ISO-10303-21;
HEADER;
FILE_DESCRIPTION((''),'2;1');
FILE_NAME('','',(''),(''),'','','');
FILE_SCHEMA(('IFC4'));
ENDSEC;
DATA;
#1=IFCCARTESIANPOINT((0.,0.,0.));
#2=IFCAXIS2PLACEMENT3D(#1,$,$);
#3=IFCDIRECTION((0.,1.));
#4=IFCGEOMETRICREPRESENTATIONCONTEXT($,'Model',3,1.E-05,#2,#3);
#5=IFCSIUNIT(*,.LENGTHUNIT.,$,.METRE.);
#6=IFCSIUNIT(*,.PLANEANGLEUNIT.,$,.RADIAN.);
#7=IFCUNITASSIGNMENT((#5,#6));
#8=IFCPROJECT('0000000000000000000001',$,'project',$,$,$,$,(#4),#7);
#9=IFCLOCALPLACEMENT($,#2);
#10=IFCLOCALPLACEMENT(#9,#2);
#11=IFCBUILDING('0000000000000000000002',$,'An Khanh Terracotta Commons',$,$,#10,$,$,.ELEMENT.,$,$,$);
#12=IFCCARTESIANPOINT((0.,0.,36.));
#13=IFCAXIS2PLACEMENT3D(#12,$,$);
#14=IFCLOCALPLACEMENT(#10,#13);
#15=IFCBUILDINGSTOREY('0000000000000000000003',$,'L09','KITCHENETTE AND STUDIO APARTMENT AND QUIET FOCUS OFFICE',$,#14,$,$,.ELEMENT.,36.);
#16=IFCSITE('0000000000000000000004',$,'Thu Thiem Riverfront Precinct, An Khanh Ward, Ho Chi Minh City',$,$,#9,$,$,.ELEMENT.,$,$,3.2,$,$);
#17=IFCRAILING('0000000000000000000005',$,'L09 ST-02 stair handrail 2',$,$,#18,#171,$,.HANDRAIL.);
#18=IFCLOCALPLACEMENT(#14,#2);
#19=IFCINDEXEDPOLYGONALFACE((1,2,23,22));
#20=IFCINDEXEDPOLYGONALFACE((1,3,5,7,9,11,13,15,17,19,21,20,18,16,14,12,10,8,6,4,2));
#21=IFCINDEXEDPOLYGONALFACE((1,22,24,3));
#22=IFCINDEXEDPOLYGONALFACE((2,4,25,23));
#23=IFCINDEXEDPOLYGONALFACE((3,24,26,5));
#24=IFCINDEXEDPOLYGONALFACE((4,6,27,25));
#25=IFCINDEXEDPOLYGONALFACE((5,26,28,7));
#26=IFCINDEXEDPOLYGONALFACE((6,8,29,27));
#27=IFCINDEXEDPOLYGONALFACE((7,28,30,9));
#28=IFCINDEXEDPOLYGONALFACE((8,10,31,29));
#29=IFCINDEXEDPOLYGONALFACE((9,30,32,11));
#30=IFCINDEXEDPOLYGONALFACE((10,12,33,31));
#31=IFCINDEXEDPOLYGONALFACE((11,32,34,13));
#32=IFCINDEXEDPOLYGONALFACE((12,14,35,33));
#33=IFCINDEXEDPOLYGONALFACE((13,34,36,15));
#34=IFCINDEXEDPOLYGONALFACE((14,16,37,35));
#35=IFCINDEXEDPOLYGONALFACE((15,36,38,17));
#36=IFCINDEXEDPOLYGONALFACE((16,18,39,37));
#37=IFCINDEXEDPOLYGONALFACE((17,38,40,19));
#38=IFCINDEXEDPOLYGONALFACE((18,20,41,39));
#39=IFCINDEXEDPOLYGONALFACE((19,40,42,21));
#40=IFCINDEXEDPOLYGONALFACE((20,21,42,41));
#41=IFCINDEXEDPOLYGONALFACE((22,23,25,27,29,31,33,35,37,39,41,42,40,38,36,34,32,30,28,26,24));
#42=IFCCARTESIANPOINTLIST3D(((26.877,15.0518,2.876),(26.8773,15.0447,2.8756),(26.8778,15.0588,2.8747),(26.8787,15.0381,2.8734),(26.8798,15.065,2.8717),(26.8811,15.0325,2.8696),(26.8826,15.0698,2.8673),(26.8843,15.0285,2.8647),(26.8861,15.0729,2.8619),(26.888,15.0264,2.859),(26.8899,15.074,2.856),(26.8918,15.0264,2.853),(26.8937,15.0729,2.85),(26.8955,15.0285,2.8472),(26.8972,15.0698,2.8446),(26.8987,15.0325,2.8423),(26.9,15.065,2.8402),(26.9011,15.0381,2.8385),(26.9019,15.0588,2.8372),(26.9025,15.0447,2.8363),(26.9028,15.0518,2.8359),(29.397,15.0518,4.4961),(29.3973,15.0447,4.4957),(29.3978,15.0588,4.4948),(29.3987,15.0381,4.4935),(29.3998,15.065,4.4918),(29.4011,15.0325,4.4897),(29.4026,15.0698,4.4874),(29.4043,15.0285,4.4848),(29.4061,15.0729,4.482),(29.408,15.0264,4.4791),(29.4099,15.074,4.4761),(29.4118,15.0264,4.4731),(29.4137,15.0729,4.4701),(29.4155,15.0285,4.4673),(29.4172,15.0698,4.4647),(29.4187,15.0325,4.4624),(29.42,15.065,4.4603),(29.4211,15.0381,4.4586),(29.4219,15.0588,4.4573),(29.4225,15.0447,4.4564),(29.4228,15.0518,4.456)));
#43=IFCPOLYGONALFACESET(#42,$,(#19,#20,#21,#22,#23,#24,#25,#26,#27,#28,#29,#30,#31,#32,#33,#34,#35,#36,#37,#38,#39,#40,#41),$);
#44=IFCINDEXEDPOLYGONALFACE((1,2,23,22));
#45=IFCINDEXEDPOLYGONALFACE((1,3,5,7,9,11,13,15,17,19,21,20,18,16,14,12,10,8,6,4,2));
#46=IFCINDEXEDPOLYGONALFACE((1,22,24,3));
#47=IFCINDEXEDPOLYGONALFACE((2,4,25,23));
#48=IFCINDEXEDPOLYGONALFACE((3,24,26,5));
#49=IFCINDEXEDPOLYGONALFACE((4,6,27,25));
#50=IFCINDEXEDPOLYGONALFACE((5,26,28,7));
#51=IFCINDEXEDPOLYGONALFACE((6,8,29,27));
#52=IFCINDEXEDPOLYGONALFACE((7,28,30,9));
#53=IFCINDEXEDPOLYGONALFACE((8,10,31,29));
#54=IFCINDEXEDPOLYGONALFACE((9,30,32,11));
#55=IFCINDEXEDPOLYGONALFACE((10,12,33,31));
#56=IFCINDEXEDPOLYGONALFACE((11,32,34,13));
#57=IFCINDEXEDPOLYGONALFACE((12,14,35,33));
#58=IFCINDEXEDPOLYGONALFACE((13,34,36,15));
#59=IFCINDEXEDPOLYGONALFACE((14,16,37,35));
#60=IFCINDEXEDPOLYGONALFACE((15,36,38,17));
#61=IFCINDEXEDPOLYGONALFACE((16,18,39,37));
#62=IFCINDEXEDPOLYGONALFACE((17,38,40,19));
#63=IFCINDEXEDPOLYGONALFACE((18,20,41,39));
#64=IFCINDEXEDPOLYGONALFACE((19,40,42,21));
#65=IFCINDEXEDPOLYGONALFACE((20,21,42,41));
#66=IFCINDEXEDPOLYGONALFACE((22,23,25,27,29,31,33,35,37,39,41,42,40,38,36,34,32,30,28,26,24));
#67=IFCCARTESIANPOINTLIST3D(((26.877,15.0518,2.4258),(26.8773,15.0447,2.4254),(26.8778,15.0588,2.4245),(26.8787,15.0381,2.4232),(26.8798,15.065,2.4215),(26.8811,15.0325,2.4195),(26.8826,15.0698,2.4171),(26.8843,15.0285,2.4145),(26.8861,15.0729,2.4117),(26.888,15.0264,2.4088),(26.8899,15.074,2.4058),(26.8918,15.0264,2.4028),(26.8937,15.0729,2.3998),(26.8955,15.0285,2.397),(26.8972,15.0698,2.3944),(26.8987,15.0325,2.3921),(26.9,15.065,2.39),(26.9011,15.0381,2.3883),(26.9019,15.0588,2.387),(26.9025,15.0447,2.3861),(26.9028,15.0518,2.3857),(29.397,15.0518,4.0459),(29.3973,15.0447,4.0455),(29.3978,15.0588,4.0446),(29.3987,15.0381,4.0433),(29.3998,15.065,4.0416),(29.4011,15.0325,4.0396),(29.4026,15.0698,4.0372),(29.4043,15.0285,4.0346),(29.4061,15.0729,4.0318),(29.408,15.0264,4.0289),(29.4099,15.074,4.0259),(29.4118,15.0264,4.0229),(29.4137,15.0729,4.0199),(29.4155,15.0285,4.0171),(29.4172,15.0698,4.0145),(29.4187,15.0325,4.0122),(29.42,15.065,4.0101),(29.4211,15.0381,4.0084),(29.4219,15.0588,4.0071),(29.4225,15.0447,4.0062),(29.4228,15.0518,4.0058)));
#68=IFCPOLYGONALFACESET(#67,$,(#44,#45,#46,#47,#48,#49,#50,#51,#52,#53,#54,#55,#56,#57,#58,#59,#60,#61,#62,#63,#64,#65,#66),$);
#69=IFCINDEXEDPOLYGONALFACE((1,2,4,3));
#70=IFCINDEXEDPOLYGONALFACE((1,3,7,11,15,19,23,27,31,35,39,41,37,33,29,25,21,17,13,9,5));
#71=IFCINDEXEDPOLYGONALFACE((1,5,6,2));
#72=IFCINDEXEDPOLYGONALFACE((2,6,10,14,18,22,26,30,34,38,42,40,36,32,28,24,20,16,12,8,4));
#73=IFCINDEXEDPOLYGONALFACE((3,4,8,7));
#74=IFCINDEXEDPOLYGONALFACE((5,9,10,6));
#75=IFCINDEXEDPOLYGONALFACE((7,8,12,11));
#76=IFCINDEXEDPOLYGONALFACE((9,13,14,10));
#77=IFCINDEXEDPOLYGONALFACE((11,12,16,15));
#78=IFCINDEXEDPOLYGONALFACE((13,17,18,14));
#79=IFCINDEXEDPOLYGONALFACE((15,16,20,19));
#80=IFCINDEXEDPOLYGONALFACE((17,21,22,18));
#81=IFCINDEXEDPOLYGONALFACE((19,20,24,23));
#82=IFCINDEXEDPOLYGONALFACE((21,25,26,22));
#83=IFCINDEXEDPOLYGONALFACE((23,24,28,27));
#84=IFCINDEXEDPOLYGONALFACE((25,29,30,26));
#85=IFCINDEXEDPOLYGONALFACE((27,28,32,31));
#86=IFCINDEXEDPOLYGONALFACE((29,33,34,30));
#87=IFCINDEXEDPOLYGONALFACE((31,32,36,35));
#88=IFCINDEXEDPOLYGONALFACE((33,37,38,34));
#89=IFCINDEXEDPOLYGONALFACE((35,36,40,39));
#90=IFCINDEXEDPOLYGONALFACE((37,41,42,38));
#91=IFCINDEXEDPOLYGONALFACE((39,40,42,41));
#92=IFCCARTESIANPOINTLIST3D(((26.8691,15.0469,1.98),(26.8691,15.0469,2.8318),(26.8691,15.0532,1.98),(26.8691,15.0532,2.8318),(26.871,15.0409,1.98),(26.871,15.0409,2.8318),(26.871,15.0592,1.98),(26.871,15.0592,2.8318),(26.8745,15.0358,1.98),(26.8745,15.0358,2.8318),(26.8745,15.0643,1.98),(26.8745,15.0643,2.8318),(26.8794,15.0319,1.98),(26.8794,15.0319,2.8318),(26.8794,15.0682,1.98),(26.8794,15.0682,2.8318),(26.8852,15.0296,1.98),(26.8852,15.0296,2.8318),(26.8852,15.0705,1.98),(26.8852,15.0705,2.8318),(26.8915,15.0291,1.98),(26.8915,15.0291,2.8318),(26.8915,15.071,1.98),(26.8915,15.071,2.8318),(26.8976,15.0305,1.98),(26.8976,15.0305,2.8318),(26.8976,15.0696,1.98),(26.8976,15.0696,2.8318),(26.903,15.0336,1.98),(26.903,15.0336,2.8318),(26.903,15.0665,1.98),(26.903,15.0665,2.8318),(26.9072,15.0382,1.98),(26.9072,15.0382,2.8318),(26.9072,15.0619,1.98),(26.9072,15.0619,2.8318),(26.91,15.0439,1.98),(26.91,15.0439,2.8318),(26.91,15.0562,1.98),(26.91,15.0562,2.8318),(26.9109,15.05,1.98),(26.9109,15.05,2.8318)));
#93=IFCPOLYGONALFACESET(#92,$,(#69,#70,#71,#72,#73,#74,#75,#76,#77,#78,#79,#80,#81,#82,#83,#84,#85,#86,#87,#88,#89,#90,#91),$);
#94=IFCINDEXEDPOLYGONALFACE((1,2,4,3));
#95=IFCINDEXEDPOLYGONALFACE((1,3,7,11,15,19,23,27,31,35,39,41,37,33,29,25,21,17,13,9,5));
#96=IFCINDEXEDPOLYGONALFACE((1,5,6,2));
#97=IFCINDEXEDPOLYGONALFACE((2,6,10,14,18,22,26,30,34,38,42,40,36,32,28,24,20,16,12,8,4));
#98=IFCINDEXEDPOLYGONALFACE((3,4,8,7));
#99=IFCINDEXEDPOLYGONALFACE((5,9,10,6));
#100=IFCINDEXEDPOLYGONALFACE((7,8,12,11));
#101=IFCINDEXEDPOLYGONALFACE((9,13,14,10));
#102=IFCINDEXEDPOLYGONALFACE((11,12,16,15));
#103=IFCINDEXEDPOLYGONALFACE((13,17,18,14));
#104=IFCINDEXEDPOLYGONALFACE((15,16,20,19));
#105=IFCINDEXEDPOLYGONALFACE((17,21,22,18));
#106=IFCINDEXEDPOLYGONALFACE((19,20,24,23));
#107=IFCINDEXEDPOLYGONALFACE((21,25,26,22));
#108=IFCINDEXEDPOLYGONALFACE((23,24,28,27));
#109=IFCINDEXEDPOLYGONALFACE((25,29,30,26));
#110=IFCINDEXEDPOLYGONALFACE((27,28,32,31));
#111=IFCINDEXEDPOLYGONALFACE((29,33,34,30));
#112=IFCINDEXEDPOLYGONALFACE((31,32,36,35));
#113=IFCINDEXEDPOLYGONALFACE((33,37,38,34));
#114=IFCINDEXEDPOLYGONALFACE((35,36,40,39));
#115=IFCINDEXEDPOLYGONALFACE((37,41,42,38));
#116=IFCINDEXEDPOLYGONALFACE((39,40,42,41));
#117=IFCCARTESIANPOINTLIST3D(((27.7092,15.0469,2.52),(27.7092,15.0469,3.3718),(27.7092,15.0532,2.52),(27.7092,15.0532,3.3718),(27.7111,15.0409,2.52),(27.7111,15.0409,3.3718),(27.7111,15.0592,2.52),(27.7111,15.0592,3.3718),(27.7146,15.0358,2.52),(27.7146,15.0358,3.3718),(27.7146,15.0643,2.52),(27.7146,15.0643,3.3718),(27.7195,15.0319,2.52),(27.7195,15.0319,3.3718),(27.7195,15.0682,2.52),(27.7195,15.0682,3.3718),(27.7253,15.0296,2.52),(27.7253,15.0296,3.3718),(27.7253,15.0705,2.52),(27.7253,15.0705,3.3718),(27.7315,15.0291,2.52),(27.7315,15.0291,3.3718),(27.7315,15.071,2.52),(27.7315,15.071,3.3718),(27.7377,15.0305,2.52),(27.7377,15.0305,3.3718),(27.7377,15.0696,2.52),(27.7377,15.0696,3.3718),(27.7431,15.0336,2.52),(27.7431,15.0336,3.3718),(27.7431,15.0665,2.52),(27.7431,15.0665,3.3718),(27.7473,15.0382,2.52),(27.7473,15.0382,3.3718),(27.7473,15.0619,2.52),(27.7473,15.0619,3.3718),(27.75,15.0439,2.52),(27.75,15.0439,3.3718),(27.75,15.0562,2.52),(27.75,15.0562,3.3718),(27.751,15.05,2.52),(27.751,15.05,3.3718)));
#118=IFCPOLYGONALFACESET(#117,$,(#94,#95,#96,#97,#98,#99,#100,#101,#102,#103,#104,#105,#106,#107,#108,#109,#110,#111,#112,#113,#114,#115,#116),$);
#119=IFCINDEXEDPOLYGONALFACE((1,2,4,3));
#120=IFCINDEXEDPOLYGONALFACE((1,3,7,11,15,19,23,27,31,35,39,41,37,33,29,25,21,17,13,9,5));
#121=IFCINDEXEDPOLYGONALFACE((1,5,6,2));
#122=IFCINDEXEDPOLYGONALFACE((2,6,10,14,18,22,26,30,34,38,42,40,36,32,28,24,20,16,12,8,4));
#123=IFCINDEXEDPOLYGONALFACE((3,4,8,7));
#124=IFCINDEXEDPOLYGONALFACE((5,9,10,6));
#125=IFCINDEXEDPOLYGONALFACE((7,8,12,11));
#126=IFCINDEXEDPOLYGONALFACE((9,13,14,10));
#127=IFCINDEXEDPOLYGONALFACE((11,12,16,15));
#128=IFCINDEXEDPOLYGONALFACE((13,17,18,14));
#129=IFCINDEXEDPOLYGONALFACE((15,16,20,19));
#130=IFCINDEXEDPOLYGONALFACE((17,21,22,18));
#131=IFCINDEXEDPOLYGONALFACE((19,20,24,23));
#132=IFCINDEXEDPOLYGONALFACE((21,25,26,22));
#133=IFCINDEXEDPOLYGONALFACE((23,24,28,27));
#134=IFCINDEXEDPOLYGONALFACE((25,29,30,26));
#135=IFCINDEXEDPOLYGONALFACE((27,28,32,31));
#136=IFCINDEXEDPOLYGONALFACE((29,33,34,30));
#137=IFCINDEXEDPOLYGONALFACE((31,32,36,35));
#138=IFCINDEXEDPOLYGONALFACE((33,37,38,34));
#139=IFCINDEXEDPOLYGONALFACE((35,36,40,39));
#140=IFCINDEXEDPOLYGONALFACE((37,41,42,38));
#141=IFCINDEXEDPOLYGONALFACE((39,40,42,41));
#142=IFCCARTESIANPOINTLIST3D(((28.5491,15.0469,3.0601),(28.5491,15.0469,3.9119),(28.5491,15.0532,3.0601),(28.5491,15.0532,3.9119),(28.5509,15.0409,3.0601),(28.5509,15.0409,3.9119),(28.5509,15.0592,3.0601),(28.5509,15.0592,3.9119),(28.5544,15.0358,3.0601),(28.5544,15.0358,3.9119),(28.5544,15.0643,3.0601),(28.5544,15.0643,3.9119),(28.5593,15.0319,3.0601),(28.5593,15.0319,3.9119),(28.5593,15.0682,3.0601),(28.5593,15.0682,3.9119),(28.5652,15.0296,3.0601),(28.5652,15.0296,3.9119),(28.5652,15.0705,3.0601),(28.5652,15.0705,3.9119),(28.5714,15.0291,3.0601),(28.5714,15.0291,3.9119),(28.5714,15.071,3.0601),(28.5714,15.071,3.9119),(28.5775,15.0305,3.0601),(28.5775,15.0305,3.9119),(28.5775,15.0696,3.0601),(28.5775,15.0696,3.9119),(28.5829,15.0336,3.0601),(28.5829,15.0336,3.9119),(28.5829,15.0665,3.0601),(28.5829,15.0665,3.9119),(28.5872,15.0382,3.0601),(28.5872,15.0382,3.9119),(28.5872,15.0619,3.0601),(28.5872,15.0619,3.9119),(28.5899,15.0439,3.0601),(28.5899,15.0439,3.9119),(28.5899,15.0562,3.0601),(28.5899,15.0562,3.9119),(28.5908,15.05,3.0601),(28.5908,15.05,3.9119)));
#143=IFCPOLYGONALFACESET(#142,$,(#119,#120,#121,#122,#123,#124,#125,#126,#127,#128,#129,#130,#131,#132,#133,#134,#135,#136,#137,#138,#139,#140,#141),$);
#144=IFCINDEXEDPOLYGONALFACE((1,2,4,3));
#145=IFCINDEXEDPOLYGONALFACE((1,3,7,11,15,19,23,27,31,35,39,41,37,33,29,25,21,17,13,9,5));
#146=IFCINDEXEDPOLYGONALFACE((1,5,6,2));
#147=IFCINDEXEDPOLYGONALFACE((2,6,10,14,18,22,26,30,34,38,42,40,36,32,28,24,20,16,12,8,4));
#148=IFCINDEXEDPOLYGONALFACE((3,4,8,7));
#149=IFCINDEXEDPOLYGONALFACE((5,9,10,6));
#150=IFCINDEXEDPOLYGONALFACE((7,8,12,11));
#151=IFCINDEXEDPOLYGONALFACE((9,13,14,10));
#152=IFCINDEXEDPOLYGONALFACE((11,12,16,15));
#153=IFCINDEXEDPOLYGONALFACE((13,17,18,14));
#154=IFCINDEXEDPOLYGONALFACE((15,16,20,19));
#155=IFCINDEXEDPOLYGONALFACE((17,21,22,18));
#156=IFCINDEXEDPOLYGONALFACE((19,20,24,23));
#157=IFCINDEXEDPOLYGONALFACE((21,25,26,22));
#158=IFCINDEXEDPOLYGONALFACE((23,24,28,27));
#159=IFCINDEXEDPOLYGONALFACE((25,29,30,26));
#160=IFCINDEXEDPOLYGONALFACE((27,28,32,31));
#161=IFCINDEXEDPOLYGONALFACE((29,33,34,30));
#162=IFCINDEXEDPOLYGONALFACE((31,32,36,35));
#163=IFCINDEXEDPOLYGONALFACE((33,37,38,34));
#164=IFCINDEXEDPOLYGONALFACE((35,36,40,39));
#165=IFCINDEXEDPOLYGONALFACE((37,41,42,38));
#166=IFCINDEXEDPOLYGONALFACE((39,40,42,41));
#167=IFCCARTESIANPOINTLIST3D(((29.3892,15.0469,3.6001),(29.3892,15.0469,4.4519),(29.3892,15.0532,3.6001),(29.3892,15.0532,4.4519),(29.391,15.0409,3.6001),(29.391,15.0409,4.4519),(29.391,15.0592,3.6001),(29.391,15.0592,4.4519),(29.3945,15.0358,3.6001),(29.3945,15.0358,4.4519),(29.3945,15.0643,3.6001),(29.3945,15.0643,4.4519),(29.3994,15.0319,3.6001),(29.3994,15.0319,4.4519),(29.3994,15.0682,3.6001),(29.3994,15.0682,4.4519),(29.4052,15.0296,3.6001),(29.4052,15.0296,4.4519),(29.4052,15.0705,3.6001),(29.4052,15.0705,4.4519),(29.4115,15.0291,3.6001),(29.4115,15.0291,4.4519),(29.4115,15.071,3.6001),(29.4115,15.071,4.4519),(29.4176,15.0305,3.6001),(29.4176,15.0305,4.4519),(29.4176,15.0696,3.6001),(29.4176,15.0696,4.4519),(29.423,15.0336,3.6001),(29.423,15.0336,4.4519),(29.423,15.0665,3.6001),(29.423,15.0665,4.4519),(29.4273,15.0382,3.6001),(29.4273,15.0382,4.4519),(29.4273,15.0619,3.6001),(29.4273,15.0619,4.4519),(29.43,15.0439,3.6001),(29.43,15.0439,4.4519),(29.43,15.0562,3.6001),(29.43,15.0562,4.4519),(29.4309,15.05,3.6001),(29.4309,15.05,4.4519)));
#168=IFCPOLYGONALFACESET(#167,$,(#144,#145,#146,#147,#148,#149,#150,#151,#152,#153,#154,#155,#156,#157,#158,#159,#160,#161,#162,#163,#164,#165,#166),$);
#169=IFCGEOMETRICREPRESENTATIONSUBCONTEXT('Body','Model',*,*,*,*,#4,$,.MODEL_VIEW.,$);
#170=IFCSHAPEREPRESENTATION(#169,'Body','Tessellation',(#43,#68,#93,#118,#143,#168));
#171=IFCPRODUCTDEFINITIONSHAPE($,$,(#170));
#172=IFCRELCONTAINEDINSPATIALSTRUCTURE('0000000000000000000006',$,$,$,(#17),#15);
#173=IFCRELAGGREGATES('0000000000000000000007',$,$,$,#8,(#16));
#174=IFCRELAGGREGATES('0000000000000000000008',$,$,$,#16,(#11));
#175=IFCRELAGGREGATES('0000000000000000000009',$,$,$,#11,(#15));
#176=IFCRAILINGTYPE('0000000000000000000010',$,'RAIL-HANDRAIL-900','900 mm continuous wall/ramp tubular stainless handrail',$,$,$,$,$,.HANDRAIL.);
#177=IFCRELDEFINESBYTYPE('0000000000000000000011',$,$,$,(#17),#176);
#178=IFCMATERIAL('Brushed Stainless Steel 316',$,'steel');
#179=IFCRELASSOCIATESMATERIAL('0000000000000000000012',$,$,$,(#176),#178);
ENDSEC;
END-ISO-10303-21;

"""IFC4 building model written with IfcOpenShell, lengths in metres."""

from ifc_helpers import new_model, si_unit, direction, frame, origin, origin_2d, place, context, subcontext, project, spatial, circle, extrude, material, type_object, element, save


model = new_model("IFC4")

# Units and contexts
model_context = context("Model", 3, precision=1e-05, world=origin(), true_north=direction((0.0, 1.0)))
body_context = subcontext(model_context, "Body", "Model", "MODEL_VIEW")
ifc_project = project(units=[si_unit("LENGTHUNIT", "METRE"), si_unit("PLANEANGLEUNIT", "RADIAN")], contexts=[model_context])

# Site, building, storey
site_placement = place(None, origin())
site = spatial("IfcSite", under=ifc_project, at=site_placement, Name="Thu Thiem Riverfront Precinct, An Khanh Ward, Ho Chi Minh City", CompositionType="ELEMENT", RefElevation=3.2)
building_placement = place(site_placement, origin())
building = spatial("IfcBuilding", under=site, at=building_placement, Name="An Khanh Terracotta Commons", CompositionType="ELEMENT")
storey_placement = place(building_placement, frame((0.0, 0.0, 36.0)))
storey = spatial("IfcBuildingStorey", under=building, at=storey_placement, Name="L09", Description="KITCHENETTE AND STUDIO APARTMENT AND QUIET FOCUS OFFICE", CompositionType="ELEMENT", Elevation=36.0)

# Railing
ifc_material_1 = material(Name="Brushed Stainless Steel 316", Category="steel")
railing_type_1 = type_object("IfcRailingType", Name="RAIL-HANDRAIL-900", Description="900 mm continuous wall/ramp tubular stainless handrail", PredefinedType="HANDRAIL", material=ifc_material_1)
railing_1_placement = place(storey_placement, frame((26.8899, 15.05, 1.98)))
element("IfcRailing", 1, at=railing_1_placement, inside=storey, type_object=railing_type_1, Name="L09 ST-02 stair handrail 2", PredefinedType="HANDRAIL", context=body_context, shape_type="SweptSolid", body=[
    extrude(circle(Radius=0.0239, at=origin_2d()), frame((0.0, 0.0, 0.876), z_axis=(0.841163, 0.0, 0.540782), x_axis=(0.0, 1.0, 0.0)), (0.0, 0.0, 1.0), 2.9958),
    extrude(circle(Radius=0.0239, at=origin_2d()), frame((0.0, 0.0, 0.4258), z_axis=(0.841163, 0.0, 0.540782), x_axis=(0.0, 1.0, 0.0)), (0.0, 0.0, 1.0), 2.9958),
    extrude(circle(Radius=0.021, at=origin_2d()), origin(), (0.0, 0.0, 1.0), 0.8518),
    extrude(circle(Radius=0.021, at=origin_2d()), frame((0.8401, 0.0, 0.54)), (0.0, 0.0, 1.0), 0.8518),
    extrude(circle(Radius=0.021, at=origin_2d()), frame((1.6799, 0.0, 1.0801)), (0.0, 0.0, 1.0), 0.8518),
    extrude(circle(Radius=0.021, at=origin_2d()), frame((2.52, 0.0, 1.6201)), (0.0, 0.0, 1.0), 0.8518),
])

save(model, "model.ifc")
